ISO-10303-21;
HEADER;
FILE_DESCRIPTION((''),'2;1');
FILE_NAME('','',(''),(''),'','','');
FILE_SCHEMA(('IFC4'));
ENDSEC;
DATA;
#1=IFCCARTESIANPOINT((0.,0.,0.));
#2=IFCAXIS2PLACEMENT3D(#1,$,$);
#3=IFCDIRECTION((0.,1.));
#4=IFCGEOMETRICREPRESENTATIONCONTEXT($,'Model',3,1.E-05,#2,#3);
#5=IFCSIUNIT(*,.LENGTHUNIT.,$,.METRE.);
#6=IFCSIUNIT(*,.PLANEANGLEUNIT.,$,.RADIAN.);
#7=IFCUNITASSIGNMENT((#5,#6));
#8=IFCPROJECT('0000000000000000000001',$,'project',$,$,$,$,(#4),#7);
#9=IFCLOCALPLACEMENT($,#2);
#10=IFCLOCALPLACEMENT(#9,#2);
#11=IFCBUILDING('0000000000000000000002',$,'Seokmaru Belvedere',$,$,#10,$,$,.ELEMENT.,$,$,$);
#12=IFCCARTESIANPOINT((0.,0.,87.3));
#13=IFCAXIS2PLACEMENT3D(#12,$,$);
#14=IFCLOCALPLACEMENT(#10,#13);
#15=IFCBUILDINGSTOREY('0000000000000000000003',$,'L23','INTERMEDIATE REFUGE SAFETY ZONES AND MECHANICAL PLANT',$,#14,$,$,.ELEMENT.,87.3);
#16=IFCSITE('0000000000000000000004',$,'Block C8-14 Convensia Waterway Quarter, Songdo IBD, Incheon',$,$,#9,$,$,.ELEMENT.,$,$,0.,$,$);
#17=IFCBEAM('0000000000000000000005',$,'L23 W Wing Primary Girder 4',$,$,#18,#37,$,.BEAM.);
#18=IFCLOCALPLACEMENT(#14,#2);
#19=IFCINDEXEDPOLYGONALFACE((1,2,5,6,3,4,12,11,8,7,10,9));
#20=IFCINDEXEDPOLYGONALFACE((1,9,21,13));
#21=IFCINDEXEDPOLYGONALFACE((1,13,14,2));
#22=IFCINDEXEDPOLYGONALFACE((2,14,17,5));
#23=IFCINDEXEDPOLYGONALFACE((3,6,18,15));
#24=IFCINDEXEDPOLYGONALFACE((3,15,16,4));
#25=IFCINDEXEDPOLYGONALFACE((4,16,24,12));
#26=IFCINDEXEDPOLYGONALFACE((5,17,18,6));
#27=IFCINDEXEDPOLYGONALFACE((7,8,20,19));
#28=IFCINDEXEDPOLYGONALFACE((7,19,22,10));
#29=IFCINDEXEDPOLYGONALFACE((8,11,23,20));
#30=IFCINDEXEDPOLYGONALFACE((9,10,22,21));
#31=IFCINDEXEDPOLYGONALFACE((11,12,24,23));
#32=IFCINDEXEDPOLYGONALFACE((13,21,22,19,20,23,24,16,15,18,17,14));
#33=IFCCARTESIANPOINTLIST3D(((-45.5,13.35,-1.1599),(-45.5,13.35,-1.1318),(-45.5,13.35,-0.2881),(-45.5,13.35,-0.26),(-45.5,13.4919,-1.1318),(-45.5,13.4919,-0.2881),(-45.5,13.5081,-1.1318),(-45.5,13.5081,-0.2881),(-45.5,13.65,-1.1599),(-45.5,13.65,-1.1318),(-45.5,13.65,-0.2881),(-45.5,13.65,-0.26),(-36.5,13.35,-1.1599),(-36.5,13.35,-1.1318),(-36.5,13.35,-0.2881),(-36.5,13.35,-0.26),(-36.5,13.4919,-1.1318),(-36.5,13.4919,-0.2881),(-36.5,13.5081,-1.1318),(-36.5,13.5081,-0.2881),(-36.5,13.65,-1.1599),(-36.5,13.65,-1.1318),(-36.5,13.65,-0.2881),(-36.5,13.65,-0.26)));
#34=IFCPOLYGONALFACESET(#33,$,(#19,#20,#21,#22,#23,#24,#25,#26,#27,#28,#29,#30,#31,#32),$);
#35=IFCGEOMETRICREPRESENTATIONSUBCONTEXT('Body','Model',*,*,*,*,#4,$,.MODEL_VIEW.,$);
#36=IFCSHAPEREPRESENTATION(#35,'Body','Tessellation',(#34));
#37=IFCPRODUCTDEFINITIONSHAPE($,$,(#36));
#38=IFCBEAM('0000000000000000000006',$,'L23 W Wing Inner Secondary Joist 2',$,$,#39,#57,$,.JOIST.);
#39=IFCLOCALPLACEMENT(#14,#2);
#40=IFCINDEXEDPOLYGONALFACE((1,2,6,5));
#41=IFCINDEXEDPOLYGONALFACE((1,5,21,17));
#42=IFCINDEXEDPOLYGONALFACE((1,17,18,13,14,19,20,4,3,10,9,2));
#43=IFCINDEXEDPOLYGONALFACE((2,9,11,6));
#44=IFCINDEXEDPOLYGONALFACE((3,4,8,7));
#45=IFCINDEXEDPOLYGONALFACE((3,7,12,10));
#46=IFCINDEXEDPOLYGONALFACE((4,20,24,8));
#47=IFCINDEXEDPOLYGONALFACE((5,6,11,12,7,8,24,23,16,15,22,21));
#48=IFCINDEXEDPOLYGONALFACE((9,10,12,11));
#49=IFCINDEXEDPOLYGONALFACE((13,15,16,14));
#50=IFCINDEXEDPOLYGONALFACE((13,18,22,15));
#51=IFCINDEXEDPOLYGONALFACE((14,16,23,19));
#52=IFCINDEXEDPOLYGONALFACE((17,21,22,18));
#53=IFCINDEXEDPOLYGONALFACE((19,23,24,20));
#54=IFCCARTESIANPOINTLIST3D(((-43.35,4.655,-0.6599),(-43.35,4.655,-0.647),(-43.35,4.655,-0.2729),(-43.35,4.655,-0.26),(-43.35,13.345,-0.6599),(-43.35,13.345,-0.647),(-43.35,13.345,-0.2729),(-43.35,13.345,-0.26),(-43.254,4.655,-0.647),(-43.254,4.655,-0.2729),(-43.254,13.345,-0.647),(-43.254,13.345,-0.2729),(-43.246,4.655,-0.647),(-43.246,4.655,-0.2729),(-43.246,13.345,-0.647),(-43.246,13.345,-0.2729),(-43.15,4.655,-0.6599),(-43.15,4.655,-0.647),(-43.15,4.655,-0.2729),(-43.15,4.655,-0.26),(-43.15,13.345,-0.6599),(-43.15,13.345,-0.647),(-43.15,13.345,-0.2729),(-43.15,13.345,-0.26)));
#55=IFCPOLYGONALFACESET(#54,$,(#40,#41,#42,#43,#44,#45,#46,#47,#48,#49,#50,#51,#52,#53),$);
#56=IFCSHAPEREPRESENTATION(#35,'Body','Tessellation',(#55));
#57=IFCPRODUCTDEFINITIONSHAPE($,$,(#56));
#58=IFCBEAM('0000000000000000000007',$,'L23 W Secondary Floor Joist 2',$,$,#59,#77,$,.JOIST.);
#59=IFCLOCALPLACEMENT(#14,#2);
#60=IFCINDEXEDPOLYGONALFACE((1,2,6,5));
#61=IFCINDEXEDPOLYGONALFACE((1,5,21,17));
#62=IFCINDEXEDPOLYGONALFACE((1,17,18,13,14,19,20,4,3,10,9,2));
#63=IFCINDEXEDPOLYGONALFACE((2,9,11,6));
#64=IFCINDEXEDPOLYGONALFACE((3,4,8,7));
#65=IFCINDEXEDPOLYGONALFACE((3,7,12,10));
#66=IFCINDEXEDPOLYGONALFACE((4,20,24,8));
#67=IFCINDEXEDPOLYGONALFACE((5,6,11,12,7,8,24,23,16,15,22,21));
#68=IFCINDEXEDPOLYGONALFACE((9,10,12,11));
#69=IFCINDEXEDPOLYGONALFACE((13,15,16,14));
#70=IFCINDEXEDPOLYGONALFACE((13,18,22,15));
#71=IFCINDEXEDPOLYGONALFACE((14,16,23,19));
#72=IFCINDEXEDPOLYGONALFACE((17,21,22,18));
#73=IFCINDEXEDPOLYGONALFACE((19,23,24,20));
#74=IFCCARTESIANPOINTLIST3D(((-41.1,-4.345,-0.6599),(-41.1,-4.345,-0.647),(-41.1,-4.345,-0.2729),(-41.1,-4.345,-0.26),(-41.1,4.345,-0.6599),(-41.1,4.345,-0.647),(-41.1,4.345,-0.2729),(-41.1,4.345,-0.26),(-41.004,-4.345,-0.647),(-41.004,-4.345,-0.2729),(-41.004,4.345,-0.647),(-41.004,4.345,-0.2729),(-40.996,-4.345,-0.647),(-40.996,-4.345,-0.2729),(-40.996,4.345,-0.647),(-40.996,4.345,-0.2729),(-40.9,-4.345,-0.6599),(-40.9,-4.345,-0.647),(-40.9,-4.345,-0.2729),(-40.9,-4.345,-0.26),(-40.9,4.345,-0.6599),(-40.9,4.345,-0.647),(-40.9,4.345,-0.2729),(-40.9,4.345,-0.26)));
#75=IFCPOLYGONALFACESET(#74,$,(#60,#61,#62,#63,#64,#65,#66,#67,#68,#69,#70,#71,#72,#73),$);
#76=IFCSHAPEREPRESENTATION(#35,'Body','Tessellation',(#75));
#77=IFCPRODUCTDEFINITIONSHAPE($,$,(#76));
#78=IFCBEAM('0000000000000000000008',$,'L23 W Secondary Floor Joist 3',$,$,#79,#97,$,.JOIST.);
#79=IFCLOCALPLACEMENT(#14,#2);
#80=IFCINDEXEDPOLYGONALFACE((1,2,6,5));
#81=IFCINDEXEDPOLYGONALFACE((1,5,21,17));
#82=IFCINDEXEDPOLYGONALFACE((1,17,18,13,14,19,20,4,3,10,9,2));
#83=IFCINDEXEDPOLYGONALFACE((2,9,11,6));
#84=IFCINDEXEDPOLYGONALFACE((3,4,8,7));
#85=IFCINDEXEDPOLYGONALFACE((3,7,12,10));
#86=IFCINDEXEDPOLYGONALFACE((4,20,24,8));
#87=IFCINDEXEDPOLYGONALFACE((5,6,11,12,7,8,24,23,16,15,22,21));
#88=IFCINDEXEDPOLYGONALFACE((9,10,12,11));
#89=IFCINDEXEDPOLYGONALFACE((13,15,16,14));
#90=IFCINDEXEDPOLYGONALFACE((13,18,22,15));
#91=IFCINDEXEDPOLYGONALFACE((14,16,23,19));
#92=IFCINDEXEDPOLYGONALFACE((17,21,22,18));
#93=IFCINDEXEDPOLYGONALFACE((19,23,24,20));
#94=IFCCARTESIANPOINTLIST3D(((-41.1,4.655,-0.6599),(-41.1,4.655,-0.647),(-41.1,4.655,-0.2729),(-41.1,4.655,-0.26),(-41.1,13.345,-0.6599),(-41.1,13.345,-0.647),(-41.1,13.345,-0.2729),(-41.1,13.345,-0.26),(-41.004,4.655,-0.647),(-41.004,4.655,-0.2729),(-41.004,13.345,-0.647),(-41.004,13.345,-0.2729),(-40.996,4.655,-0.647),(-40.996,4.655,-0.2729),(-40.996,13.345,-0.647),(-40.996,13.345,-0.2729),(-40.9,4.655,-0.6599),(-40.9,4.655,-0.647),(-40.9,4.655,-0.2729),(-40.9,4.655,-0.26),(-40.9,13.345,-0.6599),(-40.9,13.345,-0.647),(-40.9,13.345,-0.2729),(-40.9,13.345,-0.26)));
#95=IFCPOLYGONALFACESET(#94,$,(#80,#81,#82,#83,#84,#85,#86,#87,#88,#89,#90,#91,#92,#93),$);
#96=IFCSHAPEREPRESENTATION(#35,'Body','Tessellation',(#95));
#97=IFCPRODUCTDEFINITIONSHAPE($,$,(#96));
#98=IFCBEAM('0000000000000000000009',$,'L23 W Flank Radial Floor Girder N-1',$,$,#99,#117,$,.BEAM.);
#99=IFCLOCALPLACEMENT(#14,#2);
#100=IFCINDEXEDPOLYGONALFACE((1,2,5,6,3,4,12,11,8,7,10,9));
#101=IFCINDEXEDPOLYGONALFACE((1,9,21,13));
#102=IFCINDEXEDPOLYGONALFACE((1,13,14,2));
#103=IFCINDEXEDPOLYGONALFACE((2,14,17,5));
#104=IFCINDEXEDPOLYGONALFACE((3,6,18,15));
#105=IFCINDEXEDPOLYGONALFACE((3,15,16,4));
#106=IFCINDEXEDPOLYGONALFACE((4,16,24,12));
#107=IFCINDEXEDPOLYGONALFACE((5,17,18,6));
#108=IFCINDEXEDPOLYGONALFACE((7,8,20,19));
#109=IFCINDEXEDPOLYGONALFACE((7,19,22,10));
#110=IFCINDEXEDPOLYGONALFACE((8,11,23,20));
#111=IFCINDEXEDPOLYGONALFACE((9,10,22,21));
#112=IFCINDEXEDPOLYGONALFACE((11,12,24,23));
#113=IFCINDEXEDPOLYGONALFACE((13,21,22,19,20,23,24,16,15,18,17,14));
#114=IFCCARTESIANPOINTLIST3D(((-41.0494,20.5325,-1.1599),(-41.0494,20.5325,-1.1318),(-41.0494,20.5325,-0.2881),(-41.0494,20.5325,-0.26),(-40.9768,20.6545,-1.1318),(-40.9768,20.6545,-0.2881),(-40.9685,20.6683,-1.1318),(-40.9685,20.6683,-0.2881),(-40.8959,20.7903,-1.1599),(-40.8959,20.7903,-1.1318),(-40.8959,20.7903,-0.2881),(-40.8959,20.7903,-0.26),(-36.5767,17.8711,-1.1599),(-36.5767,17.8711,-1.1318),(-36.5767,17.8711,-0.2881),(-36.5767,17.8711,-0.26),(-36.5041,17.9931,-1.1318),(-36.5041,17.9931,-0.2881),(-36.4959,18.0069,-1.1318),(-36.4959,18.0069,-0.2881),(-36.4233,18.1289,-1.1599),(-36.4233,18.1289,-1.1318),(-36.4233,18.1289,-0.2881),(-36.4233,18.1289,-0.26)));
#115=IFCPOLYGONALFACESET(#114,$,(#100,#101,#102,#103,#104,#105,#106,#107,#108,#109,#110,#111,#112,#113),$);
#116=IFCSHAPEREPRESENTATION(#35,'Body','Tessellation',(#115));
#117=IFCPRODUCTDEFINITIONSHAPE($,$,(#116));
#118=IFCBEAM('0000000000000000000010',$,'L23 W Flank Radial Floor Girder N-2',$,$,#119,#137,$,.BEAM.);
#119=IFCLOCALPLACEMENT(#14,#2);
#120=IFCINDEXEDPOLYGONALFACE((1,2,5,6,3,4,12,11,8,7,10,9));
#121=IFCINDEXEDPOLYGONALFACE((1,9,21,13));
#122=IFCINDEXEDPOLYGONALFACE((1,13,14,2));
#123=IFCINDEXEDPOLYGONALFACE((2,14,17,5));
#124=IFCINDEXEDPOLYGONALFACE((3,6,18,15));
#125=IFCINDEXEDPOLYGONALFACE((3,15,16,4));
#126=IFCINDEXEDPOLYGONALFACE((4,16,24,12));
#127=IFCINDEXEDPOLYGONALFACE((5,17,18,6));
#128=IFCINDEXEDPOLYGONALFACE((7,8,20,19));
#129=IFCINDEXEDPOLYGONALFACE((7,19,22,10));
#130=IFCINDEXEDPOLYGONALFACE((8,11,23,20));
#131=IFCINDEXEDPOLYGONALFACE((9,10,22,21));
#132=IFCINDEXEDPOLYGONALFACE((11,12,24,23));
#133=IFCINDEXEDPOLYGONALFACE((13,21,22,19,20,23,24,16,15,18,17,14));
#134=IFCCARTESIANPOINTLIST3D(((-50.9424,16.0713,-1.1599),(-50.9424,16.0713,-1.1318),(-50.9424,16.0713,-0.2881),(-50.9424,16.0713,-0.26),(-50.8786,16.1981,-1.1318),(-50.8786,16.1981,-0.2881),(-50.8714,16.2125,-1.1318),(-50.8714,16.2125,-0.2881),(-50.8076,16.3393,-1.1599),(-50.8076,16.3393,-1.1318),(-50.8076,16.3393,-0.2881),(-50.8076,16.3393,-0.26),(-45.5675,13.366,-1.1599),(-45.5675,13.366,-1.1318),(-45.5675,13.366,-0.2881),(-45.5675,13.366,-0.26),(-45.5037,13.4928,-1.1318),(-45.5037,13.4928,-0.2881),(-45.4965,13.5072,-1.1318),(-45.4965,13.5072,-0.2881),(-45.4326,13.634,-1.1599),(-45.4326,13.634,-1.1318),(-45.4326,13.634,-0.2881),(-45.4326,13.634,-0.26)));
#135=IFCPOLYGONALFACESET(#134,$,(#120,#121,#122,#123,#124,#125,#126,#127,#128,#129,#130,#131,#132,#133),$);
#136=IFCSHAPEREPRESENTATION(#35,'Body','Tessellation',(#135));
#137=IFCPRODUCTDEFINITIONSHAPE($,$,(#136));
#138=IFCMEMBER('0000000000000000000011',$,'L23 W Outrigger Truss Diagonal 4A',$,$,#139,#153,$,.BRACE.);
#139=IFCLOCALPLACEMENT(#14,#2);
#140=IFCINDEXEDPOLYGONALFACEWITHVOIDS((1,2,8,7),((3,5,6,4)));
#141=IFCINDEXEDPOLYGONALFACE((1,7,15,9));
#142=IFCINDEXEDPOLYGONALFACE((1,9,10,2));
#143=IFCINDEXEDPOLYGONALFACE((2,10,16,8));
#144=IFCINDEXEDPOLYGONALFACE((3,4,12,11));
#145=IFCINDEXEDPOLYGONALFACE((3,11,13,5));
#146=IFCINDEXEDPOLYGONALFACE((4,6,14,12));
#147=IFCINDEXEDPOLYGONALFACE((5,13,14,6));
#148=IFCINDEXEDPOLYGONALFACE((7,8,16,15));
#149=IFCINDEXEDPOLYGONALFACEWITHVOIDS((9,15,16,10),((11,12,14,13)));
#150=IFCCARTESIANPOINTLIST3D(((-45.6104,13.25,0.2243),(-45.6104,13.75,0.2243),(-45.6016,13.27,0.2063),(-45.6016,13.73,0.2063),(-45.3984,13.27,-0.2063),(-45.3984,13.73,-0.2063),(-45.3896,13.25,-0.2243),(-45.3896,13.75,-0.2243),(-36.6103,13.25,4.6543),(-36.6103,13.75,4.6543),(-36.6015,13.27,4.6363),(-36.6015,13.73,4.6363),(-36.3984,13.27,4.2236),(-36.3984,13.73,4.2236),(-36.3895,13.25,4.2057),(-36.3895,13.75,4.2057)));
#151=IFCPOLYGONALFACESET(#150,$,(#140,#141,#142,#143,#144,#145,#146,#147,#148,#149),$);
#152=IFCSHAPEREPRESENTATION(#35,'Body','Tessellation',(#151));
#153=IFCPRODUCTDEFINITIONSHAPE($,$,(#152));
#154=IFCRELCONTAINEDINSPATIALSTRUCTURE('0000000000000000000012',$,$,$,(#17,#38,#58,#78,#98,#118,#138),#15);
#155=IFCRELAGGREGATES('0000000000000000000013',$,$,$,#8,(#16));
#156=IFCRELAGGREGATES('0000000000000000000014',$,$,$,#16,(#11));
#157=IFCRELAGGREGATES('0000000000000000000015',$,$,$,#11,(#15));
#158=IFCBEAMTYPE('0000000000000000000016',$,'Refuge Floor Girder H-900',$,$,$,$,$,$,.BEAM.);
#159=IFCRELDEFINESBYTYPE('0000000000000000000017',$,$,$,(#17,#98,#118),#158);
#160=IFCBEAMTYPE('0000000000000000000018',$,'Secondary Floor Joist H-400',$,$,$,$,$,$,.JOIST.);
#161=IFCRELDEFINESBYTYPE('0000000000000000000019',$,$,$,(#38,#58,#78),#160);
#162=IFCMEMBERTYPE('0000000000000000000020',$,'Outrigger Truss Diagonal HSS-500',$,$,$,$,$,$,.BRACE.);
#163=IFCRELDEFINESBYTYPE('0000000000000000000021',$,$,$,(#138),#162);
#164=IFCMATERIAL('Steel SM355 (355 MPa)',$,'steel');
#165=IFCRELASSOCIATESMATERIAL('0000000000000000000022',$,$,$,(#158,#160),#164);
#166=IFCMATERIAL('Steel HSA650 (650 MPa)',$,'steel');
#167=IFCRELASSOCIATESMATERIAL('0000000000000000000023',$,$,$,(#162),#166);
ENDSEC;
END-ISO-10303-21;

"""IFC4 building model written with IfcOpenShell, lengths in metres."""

from ifc_helpers import new_model, si_unit, direction, frame, origin, origin_2d, place, context, subcontext, project, spatial, hollow_rectangle, i_section, extrude, source, transform, mapped, material, material_profile, profile_set, type_object, type_shapes, element, save


model = new_model("IFC4")

# Units and contexts
model_context = context("Model", 3, precision=1e-05, world=origin(), true_north=direction((0.0, 1.0)))
body_context = subcontext(model_context, "Body", "Model", "MODEL_VIEW")
ifc_project = project(units=[si_unit("LENGTHUNIT", "METRE"), si_unit("PLANEANGLEUNIT", "RADIAN")], contexts=[model_context])

# Site, building, storey
site_placement = place(None, origin())
site = spatial("IfcSite", under=ifc_project, at=site_placement, Name="Block C8-14 Convensia Waterway Quarter, Songdo IBD, Incheon", CompositionType="ELEMENT", RefElevation=0.0)
building_placement = place(site_placement, origin())
building = spatial("IfcBuilding", under=site, at=building_placement, Name="Seokmaru Belvedere", CompositionType="ELEMENT")
storey_placement = place(building_placement, frame((0.0, 0.0, 87.3)))
storey = spatial("IfcBuildingStorey", under=building, at=storey_placement, Name="L23", Description="INTERMEDIATE REFUGE SAFETY ZONES AND MECHANICAL PLANT", CompositionType="ELEMENT", Elevation=87.3)

# Shared definitions
ifc_material_1 = material(Name="Steel SM355 (355 MPa)", Category="steel")

# Beams
ifc_material_profile_1 = material_profile(ifc_material_1, i_section(OverallWidth=0.3, OverallDepth=0.8999, WebThickness=0.0161, FlangeThickness=0.0281, at=origin_2d()), Name="H-900x300x16x28")
ifc_profile_set_1 = profile_set([ifc_material_profile_1], Name="Steel SM355 (355 MPa)")
beam_type_1 = type_object("IfcBeamType", Name="Refuge Floor Girder H-900", PredefinedType="BEAM", material=ifc_profile_set_1)
shared_shape_1 = source(origin(), body_context, "Body", "SweptSolid", [
    extrude(i_section(OverallWidth=0.3, OverallDepth=0.8999, WebThickness=0.0161, FlangeThickness=0.0281, at=origin_2d()), origin(), (0.0, 0.0, 1.0), 9.0),
])
for number, where, z_axis, x_axis, name in (
    (1, (-45.5, 13.5, -0.71), (1.0, 0.0, 0.0), (0.0, 1.0, 0.0), "L23 W Wing Primary Girder 4"),
):
    element("IfcBeam", number, at=place(storey_placement, frame(where, z_axis=z_axis, x_axis=x_axis)), inside=storey, type_object=beam_type_1, Name=name, PredefinedType="BEAM", context=body_context, shape_type="MappedRepresentation", body=[
        mapped(shared_shape_1, transform((0.0, 0.0, 0.0), scale=1.0)),
    ])
ifc_material_profile_2 = material_profile(ifc_material_1, i_section(OverallWidth=0.2, OverallDepth=0.3999, WebThickness=0.0081, FlangeThickness=0.0129, at=origin_2d()), Name="H-400x200x8x13")
ifc_profile_set_2 = profile_set([ifc_material_profile_2], Name="Steel SM355 (355 MPa)")
beam_type_2 = type_object("IfcBeamType", Name="Secondary Floor Joist H-400", PredefinedType="JOIST", material=ifc_profile_set_2)
shared_shape_2 = source(origin(), body_context, "Body", "SweptSolid", [
    extrude(i_section(OverallWidth=0.2, OverallDepth=0.3999, WebThickness=0.0081, FlangeThickness=0.0129, at=origin_2d()), origin(), (0.0, 0.0, 1.0), 8.6899),
])
type_shapes(beam_type_2, [shared_shape_2])
for number, where, z_axis, x_axis, name in (
    (2, (-43.25, 4.655, -0.46), (0.0, 1.0, 0.0), (-1.0, 0.0, 0.0), "L23 W Wing Inner Secondary Joist 2"),
    (3, (-41.0, -4.345, -0.46), (0.0, 1.0, 0.0), (-1.0, 0.0, 0.0), "L23 W Secondary Floor Joist 2"),
    (4, (-41.0, 4.655, -0.46), (0.0, 1.0, 0.0), (-1.0, 0.0, 0.0), "L23 W Secondary Floor Joist 3"),
):
    element("IfcBeam", number, at=place(storey_placement, frame(where, z_axis=z_axis, x_axis=x_axis)), inside=storey, type_object=beam_type_2, Name=name, PredefinedType="JOIST", context=body_context, shape_type="MappedRepresentation", body=[
        mapped(shared_shape_2, transform((0.0, 0.0, 0.0), scale=1.0)),
    ])
shared_shape_3 = source(origin(), body_context, "Body", "SweptSolid", [
    extrude(i_section(OverallWidth=0.3, OverallDepth=0.8999, WebThickness=0.0161, FlangeThickness=0.0281, at=origin_2d()), origin(), (0.0, 0.0, 1.0), 5.2046),
])
beam_1_placement = place(storey_placement, frame((-40.9727, 20.6614, -0.71), z_axis=(0.85937, -0.511354, 0.0), x_axis=(0.511354, 0.85937, 0.0)))
element("IfcBeam", 5, at=beam_1_placement, inside=storey, type_object=beam_type_1, Name="L23 W Flank Radial Floor Girder N-1", PredefinedType="BEAM", context=body_context, shape_type="MappedRepresentation", body=[
    mapped(shared_shape_3, transform((0.0, 0.0, 0.0), scale=1.0)),
])
shared_shape_4 = source(origin(), body_context, "Body", "SweptSolid", [
    extrude(i_section(OverallWidth=0.3, OverallDepth=0.8999, WebThickness=0.0161, FlangeThickness=0.0281, at=origin_2d()), origin(), (0.0, 0.0, 1.0), 6.0173),
])
type_shapes(beam_type_1, [shared_shape_1, shared_shape_3, shared_shape_4])
beam_2_placement = place(storey_placement, frame((-50.875, 16.2053, -0.71), z_axis=(0.893239, -0.449581, 0.0), x_axis=(0.449581, 0.893239, 0.0)))
element("IfcBeam", 6, at=beam_2_placement, inside=storey, type_object=beam_type_1, Name="L23 W Flank Radial Floor Girder N-2", PredefinedType="BEAM", context=body_context, shape_type="MappedRepresentation", body=[
    mapped(shared_shape_4, transform((0.0, 0.0, 0.0), scale=1.0)),
])

# Member
ifc_material_2 = material(Name="Steel HSA650 (650 MPa)", Category="steel")
ifc_material_profile_3 = material_profile(ifc_material_2, hollow_rectangle(XDim=0.5, YDim=0.5, WallThickness=0.02, at=origin_2d()), Name="HSS-500x500x20")
ifc_profile_set_3 = profile_set([ifc_material_profile_3], Name="Steel HSA650 (650 MPa)")
member_type_1 = type_object("IfcMemberType", Name="Outrigger Truss Diagonal HSS-500", PredefinedType="BRACE", material=ifc_profile_set_3)
shared_shape_5 = source(origin(), body_context, "Body", "SweptSolid", [
    extrude(hollow_rectangle(XDim=0.5, YDim=0.5, WallThickness=0.02, at=origin_2d()), origin(), (0.0, 0.0, 1.0), 10.0312),
])
type_shapes(member_type_1, [shared_shape_5])
member_1_placement = place(storey_placement, frame((-45.5, 13.5, 0.0), z_axis=(0.897204, 0.0, 0.441617), x_axis=(0.0, 1.0, 0.0)))
element("IfcMember", 7, at=member_1_placement, inside=storey, type_object=member_type_1, Name="L23 W Outrigger Truss Diagonal 4A", PredefinedType="BRACE", context=body_context, shape_type="MappedRepresentation", body=[
    mapped(shared_shape_5, transform((0.0, 0.0, 0.0), scale=1.0)),
])

save(model, "model.ifc")
